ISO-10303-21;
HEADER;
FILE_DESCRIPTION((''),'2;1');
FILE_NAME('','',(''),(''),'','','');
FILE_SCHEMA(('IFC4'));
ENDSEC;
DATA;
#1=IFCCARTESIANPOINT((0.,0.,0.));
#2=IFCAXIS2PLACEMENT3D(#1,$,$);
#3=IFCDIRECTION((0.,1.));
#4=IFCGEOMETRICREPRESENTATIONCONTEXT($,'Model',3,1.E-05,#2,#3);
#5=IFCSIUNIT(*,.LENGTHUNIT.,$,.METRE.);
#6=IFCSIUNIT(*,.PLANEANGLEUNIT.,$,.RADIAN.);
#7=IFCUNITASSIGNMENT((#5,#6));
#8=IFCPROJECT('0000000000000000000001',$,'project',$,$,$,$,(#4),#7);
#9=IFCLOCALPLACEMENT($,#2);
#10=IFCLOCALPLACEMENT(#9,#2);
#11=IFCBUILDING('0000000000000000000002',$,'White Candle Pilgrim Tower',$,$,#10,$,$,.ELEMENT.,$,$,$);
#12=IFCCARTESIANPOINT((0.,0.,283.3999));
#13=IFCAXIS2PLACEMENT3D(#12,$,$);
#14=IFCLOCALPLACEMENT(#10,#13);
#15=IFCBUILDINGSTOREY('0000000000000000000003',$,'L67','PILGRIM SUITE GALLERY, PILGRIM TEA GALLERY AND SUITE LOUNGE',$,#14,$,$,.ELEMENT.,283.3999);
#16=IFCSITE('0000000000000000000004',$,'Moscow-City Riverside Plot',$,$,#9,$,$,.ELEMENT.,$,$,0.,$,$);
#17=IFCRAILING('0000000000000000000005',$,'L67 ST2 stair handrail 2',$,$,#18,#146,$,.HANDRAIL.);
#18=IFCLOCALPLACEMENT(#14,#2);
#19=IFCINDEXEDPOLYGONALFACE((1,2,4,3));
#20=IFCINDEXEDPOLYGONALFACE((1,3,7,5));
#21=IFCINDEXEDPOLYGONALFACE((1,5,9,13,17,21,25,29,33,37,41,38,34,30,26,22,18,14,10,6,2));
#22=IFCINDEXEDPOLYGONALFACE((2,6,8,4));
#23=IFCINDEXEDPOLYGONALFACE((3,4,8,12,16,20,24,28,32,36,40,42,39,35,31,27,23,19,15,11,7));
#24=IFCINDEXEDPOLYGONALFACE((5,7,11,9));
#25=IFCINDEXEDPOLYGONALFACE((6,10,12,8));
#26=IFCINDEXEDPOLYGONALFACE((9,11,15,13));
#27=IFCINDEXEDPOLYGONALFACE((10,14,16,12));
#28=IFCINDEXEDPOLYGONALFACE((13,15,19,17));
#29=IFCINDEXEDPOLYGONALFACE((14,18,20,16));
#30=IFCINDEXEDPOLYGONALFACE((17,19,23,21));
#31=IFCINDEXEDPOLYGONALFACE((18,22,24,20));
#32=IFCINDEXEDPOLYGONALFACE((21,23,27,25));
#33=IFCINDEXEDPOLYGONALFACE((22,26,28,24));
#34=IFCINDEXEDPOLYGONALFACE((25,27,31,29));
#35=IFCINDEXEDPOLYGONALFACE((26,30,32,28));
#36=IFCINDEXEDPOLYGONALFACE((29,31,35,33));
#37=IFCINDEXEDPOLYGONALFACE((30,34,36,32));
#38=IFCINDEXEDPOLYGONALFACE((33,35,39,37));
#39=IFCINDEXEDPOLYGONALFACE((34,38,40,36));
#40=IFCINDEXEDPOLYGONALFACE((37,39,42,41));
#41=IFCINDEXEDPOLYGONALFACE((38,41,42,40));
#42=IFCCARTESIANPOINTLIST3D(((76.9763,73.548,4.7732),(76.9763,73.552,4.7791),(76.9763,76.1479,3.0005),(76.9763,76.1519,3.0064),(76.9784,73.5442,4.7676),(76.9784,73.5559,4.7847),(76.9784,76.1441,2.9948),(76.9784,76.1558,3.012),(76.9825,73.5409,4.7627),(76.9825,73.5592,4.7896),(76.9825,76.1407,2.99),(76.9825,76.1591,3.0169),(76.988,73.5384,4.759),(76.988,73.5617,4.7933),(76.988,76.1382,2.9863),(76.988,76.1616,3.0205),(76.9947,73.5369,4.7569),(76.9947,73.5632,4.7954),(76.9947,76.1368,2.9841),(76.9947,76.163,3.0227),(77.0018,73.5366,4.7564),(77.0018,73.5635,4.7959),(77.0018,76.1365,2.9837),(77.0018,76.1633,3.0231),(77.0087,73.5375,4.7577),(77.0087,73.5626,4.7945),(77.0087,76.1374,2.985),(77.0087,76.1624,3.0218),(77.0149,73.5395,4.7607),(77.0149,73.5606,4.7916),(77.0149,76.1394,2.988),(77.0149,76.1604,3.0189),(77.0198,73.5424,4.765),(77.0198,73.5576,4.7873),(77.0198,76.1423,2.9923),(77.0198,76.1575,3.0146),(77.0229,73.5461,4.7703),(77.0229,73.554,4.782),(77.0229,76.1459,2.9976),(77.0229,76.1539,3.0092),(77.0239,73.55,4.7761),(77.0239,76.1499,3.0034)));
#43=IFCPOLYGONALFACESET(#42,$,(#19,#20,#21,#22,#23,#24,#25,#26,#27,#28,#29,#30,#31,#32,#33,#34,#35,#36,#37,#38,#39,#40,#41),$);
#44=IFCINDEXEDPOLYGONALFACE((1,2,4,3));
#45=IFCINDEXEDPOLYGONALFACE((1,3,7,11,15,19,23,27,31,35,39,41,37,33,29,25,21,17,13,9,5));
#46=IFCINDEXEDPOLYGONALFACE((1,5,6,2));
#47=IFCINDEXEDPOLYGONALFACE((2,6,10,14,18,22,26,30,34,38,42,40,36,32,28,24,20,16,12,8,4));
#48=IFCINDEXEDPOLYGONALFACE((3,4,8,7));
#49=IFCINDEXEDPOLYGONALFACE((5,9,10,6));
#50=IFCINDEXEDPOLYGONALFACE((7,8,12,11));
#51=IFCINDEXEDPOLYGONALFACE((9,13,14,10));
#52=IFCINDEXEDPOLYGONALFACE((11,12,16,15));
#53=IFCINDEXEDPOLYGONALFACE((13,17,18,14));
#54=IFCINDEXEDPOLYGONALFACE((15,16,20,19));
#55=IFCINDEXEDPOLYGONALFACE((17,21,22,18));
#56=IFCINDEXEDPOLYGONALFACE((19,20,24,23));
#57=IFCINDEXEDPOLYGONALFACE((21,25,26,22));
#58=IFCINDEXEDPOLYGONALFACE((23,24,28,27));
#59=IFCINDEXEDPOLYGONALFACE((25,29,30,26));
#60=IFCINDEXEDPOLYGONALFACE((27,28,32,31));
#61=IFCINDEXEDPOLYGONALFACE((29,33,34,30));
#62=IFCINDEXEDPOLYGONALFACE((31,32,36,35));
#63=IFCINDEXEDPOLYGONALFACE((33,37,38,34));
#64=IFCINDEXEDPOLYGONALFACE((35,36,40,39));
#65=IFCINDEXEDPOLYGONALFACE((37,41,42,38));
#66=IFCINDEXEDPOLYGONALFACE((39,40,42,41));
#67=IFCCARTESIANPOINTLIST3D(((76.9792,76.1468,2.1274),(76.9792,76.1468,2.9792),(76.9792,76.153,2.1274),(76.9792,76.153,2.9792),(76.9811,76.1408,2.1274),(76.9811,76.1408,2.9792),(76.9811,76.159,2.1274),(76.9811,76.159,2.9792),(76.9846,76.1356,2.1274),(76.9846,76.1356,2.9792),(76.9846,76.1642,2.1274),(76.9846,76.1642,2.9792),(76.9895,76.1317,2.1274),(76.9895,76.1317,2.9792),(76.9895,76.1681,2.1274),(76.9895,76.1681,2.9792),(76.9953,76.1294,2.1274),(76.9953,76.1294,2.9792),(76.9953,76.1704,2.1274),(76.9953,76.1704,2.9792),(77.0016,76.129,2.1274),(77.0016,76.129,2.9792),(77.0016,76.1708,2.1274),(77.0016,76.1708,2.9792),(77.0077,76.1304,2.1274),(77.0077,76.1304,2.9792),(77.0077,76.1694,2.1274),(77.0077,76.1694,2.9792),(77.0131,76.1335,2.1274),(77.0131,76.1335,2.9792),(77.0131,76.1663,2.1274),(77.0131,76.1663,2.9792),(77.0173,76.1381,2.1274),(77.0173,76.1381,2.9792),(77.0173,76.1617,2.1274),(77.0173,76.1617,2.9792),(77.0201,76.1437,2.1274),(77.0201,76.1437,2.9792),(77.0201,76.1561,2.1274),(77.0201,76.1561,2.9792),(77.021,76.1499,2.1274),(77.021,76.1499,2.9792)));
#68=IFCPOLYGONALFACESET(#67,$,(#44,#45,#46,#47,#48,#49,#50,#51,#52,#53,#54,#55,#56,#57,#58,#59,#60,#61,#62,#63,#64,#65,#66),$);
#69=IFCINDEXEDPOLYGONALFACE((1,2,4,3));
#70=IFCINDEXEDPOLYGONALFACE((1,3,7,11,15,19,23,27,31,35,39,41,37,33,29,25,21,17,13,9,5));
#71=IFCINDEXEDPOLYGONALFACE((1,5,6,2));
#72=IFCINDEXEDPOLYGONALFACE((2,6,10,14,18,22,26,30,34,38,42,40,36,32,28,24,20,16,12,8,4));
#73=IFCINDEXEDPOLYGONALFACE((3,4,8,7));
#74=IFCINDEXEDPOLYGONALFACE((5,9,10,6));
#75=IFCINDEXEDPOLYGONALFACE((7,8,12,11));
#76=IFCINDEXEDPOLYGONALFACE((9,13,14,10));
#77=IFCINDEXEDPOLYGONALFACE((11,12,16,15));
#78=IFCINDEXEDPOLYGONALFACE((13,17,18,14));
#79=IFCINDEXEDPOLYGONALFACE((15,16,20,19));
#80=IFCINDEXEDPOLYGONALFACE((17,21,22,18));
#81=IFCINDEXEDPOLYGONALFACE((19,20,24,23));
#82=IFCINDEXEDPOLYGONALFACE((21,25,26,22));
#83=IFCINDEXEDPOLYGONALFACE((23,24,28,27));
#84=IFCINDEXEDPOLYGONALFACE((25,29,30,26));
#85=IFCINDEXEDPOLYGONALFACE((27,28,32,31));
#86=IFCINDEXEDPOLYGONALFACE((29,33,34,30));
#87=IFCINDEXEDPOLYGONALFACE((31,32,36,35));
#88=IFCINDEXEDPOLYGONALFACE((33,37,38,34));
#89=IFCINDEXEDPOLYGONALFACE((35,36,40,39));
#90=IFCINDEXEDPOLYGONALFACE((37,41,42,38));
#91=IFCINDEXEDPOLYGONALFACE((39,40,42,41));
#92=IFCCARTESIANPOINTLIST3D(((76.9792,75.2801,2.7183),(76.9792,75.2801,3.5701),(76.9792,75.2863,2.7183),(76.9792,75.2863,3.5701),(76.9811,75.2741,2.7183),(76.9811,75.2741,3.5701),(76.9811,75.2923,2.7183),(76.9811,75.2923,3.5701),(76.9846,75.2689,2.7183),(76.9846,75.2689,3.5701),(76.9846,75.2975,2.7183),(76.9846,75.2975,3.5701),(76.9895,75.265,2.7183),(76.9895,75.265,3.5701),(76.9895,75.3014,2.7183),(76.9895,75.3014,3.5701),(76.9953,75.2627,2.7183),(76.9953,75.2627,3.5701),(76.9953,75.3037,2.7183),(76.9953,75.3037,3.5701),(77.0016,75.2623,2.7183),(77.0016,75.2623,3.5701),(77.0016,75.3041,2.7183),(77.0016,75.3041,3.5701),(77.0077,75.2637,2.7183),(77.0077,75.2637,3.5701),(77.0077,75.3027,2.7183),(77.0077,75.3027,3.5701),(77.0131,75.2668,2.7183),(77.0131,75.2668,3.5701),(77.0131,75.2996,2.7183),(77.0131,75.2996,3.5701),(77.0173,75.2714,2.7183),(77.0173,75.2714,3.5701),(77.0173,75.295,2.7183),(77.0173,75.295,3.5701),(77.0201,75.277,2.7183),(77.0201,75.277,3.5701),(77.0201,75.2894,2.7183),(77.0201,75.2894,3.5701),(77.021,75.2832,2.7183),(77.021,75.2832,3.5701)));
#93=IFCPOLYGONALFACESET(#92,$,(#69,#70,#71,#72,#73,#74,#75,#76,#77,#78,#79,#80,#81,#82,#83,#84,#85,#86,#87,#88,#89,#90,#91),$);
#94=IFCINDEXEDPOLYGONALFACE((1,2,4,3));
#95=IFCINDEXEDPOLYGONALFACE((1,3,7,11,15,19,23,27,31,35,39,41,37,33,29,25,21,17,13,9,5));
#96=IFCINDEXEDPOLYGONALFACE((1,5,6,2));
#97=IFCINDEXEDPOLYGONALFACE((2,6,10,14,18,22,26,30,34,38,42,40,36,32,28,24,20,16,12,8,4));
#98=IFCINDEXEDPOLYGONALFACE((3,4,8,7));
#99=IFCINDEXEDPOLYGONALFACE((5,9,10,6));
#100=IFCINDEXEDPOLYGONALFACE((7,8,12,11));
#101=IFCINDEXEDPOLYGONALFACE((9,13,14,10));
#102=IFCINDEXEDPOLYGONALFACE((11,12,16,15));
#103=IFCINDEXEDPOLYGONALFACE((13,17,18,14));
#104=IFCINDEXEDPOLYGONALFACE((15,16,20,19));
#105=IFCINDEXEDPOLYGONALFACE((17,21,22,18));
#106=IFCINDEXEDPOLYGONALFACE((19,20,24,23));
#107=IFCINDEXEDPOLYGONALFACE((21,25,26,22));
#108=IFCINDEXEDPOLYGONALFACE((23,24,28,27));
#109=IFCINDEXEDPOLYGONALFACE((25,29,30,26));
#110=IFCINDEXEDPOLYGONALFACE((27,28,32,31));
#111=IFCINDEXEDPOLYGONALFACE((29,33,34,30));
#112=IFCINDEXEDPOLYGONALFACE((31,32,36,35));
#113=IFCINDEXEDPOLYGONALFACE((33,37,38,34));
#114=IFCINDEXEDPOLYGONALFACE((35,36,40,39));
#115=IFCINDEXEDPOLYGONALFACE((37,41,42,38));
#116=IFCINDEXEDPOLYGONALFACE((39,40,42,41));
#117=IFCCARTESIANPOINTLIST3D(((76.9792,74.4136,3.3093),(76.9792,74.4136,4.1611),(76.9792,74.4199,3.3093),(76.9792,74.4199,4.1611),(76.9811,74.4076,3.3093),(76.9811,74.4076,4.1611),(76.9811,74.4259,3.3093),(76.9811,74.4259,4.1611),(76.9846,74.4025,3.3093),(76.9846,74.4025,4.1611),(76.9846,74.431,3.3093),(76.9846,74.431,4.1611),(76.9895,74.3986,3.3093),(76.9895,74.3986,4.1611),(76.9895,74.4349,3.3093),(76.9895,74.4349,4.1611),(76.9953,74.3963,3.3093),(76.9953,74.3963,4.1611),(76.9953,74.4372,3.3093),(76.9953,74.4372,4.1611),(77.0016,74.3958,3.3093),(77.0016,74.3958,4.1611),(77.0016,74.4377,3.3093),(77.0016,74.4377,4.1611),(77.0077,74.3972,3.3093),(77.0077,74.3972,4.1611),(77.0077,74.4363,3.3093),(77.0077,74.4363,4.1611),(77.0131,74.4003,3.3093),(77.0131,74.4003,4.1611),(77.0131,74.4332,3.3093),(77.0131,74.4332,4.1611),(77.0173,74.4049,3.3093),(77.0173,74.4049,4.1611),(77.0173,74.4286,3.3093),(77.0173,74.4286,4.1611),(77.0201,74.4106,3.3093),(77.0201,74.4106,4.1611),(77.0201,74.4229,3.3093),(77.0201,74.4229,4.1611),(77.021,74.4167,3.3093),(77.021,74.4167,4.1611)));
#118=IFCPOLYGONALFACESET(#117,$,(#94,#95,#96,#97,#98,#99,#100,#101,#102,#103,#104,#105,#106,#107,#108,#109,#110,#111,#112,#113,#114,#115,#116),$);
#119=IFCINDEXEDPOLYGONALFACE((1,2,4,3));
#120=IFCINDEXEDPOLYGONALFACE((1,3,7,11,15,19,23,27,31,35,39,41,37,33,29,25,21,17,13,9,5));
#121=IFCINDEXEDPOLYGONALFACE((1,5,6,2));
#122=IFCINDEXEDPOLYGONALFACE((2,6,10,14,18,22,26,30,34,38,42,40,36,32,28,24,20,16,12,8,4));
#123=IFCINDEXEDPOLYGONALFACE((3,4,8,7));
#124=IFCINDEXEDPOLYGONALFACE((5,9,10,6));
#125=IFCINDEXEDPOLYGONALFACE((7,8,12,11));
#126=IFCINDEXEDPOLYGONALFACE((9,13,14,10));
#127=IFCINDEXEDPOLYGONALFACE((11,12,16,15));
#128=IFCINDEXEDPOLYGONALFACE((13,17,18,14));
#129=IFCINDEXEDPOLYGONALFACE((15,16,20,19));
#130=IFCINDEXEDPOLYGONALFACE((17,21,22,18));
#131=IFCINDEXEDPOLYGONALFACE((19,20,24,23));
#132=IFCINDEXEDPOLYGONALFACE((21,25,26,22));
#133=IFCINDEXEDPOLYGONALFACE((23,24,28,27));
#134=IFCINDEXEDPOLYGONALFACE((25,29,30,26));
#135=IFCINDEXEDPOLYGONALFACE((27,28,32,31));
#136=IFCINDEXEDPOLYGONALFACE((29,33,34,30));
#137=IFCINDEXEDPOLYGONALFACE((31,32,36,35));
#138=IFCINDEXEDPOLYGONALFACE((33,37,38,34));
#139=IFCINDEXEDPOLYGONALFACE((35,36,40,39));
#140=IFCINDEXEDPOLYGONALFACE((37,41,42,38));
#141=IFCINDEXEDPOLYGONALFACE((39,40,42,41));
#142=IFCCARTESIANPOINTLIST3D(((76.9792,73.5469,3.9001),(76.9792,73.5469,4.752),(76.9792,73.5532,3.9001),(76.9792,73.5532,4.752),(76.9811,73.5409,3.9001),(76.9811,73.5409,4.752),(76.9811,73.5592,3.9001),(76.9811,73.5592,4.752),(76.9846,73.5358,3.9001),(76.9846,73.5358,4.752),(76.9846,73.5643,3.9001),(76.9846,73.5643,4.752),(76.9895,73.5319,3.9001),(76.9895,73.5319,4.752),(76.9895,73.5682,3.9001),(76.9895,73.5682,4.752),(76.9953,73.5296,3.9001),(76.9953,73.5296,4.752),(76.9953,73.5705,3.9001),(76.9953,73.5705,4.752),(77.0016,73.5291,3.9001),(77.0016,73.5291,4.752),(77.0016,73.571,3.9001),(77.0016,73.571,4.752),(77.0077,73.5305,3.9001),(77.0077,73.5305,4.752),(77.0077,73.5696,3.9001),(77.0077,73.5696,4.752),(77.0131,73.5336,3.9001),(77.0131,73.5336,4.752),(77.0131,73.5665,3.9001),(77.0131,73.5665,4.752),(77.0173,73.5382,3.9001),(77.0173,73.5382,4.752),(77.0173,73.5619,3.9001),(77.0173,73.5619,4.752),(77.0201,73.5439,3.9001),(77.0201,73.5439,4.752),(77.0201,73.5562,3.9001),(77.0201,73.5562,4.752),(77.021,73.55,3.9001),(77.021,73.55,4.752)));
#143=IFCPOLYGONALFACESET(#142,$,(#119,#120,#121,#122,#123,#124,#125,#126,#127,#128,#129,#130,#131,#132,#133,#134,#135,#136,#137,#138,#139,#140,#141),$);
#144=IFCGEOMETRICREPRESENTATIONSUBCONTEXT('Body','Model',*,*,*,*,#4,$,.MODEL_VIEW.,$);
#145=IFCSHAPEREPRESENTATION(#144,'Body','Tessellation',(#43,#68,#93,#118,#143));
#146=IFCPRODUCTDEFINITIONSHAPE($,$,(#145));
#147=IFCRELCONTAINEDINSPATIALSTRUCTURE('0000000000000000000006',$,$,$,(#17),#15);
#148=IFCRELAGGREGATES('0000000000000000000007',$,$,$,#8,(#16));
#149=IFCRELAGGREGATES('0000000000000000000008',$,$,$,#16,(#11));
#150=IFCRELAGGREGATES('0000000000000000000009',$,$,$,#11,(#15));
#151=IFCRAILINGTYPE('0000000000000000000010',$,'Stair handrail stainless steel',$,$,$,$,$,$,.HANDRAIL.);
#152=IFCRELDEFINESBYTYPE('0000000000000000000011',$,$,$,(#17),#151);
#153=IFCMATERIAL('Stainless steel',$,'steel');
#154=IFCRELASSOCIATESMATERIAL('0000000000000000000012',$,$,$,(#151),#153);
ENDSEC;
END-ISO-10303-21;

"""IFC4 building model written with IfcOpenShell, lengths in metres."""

from ifc_helpers import new_model, si_unit, direction, frame, origin, origin_2d, place, context, subcontext, project, spatial, circle, extrude, material, type_object, element, save


model = new_model("IFC4")

# Units and contexts
model_context = context("Model", 3, precision=1e-05, world=origin(), true_north=direction((0.0, 1.0)))
body_context = subcontext(model_context, "Body", "Model", "MODEL_VIEW")
ifc_project = project(units=[si_unit("LENGTHUNIT", "METRE"), si_unit("PLANEANGLEUNIT", "RADIAN")], contexts=[model_context])

# Site, building, storey
site_placement = place(None, origin())
site = spatial("IfcSite", under=ifc_project, at=site_placement, Name="Moscow-City Riverside Plot", CompositionType="ELEMENT", RefElevation=0.0)
building_placement = place(site_placement, origin())
building = spatial("IfcBuilding", under=site, at=building_placement, Name="White Candle Pilgrim Tower", CompositionType="ELEMENT")
storey_placement = place(building_placement, frame((0.0, 0.0, 283.3999)))
storey = spatial("IfcBuildingStorey", under=building, at=storey_placement, Name="L67", Description="PILGRIM SUITE GALLERY, PILGRIM TEA GALLERY AND SUITE LOUNGE", CompositionType="ELEMENT", Elevation=283.3999)

# Railing
ifc_material_1 = material(Name="Stainless steel", Category="steel")
railing_type_1 = type_object("IfcRailingType", Name="Stair handrail stainless steel", PredefinedType="HANDRAIL", material=ifc_material_1)
railing_1_placement = place(storey_placement, frame((77.0, 76.1499, 2.1274)))
element("IfcRailing", 1, at=railing_1_placement, inside=storey, type_object=railing_type_1, Name="L67 ST2 stair handrail 2", PredefinedType="HANDRAIL", context=body_context, shape_type="SweptSolid", body=[
    extrude(circle(Radius=0.0239, at=origin_2d()), frame((0.0, 0.0, 0.876), z_axis=(0.0, -0.826216, 0.563354), x_axis=(1.0, 0.0, 0.0)), (0.0, 0.0, 1.0), 3.1467),
    extrude(circle(Radius=0.021, at=origin_2d()), origin(), (0.0, 0.0, 1.0), 0.8518),
    extrude(circle(Radius=0.021, at=origin_2d()), frame((0.0, -0.8667, 0.5908)), (0.0, 0.0, 1.0), 0.8518),
    extrude(circle(Radius=0.021, at=origin_2d()), frame((0.0, -1.7332, 1.1819)), (0.0, 0.0, 1.0), 0.8518),
    extrude(circle(Radius=0.021, at=origin_2d()), frame((0.0, -2.5999, 1.7727)), (0.0, 0.0, 1.0), 0.8518),
])

save(model, "model.ifc")
